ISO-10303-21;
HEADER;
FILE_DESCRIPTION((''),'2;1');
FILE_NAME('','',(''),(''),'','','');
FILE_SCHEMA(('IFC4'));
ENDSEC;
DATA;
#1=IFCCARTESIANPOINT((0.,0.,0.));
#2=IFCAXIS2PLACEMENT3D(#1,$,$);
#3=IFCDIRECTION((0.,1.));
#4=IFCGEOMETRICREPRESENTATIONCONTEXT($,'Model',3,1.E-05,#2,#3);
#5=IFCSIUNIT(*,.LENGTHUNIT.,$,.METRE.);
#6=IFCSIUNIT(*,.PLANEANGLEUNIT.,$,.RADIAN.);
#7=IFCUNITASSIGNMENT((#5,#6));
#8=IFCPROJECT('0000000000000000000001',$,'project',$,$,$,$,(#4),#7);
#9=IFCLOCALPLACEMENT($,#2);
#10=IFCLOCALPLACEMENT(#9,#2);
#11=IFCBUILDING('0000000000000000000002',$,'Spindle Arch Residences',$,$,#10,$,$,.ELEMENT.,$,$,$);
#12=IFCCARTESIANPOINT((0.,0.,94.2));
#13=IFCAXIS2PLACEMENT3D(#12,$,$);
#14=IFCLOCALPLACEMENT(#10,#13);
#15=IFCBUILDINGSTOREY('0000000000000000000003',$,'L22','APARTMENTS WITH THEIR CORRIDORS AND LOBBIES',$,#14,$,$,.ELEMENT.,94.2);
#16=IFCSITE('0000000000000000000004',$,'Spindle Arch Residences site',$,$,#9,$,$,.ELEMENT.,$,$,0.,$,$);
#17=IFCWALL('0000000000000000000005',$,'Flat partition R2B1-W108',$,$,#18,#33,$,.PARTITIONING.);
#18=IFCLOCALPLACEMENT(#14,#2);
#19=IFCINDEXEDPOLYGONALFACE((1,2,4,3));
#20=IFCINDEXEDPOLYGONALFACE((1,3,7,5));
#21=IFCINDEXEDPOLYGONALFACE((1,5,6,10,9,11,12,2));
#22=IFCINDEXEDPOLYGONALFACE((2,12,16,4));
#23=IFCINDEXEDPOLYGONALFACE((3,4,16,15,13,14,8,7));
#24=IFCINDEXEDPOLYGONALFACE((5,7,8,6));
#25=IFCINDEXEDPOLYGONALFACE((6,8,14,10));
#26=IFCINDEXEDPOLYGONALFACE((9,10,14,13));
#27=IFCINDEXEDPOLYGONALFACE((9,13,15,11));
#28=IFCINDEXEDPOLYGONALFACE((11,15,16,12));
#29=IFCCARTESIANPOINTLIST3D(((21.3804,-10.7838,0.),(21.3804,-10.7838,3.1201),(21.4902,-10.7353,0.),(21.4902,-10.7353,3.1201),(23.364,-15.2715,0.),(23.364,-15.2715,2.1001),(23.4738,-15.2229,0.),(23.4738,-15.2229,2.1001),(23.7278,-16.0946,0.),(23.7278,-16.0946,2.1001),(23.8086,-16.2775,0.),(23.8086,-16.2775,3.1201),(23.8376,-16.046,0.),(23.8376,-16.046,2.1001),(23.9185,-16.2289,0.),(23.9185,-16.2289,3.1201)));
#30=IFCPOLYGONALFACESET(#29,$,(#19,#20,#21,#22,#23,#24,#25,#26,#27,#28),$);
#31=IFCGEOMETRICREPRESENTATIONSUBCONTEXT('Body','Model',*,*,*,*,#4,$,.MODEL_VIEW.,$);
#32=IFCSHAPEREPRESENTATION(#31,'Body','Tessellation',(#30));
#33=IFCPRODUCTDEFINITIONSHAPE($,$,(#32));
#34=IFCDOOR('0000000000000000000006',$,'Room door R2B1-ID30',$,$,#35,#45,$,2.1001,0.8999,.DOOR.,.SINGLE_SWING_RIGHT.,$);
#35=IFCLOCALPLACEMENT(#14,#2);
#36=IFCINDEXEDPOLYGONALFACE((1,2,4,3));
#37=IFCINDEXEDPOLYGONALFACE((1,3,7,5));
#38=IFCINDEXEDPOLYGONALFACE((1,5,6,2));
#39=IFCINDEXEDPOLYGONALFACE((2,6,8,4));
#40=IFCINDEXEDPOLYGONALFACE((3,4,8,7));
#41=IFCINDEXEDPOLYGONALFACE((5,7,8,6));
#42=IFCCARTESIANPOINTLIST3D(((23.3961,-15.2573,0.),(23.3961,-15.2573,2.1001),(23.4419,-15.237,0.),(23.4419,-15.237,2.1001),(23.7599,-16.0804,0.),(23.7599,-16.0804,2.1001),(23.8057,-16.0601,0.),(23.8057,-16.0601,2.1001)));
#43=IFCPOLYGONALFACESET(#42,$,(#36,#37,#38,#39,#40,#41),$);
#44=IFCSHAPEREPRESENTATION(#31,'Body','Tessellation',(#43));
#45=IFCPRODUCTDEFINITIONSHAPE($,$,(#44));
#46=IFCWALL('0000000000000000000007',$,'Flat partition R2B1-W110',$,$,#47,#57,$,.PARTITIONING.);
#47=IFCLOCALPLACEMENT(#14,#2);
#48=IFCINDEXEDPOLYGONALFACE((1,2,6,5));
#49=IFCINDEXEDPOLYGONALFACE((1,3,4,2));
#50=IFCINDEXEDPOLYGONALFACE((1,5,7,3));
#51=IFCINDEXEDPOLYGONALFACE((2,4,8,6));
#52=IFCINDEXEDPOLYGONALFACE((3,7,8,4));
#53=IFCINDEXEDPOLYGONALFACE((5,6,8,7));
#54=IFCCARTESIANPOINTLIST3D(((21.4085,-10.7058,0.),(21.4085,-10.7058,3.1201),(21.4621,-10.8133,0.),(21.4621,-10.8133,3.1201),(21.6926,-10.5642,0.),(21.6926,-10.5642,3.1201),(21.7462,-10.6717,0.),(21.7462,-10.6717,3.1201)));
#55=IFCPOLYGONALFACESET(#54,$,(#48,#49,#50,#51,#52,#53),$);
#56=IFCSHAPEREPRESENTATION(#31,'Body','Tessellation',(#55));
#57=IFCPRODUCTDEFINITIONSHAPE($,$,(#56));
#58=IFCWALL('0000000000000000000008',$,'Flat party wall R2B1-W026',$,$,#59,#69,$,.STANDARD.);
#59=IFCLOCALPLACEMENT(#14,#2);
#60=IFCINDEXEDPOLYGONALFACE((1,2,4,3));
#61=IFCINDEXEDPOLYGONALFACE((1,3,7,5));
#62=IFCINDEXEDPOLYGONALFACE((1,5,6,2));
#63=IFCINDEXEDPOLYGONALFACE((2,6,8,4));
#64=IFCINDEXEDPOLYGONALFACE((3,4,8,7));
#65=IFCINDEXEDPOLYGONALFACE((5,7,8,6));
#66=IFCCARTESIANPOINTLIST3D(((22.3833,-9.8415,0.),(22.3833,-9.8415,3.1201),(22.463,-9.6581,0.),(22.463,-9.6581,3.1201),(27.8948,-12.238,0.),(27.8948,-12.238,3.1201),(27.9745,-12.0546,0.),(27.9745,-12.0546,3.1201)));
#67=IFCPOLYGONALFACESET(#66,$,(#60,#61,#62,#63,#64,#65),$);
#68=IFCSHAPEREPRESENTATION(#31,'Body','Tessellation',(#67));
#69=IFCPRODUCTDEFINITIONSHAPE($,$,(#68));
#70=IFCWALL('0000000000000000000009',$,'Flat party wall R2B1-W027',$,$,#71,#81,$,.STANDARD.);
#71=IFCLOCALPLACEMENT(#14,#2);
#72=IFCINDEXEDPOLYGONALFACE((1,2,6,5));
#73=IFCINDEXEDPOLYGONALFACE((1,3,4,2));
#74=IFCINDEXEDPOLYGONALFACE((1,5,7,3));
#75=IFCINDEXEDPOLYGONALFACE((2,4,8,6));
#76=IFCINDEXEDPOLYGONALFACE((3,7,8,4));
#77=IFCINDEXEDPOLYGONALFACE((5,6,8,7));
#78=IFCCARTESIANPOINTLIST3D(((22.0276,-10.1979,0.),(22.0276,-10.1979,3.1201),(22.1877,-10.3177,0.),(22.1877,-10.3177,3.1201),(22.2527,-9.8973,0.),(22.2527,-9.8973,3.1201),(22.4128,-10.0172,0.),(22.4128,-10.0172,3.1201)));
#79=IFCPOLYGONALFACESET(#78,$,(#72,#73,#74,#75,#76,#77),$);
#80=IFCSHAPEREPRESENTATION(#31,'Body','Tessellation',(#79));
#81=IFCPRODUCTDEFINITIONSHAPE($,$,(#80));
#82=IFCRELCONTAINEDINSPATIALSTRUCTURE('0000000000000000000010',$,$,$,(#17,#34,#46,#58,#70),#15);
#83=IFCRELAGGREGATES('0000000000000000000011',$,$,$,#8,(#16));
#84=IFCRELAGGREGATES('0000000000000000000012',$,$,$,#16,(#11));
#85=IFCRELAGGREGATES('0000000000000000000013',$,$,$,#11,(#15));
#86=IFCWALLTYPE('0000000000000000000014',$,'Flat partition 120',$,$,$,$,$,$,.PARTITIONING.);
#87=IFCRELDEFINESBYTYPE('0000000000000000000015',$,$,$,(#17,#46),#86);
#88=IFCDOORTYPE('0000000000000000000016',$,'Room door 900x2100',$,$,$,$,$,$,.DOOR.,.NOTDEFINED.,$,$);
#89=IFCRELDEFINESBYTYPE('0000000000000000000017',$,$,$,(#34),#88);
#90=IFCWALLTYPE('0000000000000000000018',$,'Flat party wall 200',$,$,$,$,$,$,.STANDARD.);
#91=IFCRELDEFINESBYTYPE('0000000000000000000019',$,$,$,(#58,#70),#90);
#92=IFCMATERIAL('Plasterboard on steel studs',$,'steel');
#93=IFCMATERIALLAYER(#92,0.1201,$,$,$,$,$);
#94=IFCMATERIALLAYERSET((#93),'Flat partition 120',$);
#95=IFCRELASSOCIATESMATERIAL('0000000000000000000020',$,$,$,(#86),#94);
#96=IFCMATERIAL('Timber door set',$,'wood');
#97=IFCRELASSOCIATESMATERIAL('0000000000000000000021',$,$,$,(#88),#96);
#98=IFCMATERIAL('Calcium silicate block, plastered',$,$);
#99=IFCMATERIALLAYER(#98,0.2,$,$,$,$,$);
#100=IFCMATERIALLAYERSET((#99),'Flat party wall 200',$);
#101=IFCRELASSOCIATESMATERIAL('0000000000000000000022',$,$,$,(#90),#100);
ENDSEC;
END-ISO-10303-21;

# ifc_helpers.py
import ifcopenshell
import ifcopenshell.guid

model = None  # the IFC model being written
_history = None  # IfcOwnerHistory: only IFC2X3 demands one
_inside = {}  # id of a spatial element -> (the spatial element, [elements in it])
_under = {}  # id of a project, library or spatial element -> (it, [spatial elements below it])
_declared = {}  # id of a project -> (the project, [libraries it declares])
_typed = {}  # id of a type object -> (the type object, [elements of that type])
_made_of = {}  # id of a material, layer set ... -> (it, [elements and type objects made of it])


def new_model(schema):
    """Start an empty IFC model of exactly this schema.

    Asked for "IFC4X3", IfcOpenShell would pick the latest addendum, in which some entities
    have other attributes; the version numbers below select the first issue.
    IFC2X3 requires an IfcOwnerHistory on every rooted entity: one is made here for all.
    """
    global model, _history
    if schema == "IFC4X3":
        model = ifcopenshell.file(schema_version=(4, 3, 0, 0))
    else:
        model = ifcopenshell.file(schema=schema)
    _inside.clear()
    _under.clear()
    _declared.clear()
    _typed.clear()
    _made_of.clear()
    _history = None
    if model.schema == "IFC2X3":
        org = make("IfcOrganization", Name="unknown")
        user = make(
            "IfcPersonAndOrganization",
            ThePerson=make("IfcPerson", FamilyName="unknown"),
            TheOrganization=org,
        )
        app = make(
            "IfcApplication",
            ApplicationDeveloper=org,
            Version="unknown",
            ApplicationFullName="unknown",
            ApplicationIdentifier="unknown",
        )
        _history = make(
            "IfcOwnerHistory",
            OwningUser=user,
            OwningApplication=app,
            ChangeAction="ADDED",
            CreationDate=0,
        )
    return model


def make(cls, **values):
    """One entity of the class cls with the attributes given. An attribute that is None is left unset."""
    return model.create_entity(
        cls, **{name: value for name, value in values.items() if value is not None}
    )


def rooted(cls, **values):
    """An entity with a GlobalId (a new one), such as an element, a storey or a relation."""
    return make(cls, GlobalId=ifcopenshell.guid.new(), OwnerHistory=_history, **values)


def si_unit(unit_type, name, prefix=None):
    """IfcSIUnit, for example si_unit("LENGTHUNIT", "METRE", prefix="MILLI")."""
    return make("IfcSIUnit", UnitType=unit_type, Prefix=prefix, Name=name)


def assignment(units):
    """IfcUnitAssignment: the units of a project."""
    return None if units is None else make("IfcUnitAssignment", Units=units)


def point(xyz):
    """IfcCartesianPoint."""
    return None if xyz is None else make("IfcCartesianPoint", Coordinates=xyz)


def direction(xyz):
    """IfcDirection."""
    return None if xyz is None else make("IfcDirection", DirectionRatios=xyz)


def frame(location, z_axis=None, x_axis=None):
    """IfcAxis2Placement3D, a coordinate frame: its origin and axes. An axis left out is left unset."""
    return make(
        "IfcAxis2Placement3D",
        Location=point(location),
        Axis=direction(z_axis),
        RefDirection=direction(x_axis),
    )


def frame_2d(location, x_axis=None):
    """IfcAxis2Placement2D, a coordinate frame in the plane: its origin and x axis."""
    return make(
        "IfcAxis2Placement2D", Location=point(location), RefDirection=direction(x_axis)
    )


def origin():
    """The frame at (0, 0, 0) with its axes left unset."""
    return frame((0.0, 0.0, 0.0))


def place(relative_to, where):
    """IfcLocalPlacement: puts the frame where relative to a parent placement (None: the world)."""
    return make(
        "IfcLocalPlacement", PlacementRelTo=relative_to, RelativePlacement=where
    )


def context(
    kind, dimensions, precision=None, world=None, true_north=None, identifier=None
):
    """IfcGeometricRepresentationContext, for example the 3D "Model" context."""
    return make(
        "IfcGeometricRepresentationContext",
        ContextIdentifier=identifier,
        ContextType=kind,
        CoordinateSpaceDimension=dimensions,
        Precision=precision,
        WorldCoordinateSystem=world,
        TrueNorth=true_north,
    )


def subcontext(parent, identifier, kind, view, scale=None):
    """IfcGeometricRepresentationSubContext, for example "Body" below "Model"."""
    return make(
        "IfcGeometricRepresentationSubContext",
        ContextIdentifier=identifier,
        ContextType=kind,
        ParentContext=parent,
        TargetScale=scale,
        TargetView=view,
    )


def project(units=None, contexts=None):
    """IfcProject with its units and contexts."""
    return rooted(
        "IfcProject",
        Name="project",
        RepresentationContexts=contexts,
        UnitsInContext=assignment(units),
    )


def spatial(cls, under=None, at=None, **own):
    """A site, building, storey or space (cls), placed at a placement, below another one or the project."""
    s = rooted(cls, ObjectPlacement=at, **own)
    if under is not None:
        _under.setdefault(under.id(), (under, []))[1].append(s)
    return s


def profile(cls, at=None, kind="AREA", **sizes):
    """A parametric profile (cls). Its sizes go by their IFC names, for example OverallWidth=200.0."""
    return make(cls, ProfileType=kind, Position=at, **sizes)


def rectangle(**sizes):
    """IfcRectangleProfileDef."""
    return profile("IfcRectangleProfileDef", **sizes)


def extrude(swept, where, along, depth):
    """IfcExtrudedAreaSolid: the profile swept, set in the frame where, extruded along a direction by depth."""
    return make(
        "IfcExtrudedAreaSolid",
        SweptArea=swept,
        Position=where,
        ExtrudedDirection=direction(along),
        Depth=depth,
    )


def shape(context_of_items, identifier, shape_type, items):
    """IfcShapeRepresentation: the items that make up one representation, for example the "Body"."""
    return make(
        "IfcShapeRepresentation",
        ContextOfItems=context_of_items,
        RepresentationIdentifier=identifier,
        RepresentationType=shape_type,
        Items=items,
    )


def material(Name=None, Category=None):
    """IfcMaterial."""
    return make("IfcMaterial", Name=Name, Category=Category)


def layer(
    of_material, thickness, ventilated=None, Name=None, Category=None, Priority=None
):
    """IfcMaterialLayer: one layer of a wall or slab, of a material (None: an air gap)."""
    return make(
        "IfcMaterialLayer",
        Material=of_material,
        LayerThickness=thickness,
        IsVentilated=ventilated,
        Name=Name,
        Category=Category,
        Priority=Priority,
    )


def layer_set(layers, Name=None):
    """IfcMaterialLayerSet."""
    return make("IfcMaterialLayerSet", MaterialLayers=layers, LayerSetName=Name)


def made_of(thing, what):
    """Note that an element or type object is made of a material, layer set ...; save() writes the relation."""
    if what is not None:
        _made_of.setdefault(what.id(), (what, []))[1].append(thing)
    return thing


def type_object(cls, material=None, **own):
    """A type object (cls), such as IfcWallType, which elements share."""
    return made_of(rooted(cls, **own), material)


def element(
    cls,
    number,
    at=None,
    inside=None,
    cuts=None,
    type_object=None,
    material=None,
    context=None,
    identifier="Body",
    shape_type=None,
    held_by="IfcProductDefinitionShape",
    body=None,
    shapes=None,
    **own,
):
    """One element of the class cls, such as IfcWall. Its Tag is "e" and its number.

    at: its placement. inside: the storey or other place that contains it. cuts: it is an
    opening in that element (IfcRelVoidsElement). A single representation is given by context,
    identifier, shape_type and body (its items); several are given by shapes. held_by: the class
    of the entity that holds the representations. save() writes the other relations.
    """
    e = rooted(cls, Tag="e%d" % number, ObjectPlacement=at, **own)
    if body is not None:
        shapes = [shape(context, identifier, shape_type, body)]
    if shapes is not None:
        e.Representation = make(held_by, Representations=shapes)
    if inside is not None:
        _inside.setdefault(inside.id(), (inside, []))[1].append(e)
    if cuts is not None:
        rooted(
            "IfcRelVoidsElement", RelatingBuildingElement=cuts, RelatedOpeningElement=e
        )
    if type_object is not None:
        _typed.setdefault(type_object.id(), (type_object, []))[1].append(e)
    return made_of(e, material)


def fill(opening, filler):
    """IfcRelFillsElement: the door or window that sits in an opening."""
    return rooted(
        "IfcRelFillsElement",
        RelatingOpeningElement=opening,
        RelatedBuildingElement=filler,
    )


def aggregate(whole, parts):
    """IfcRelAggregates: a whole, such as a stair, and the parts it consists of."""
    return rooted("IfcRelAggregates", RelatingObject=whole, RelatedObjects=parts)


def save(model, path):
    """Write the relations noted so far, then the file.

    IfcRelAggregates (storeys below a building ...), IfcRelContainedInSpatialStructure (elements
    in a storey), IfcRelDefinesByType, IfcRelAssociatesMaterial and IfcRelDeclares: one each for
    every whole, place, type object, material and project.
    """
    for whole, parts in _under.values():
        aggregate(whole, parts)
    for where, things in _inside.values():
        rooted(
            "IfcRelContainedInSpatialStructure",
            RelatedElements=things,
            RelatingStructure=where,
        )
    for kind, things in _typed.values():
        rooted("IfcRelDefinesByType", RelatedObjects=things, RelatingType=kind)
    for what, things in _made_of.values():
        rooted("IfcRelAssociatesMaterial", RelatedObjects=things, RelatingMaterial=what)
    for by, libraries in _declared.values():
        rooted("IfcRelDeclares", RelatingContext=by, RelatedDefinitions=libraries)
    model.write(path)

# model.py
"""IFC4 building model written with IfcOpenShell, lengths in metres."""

from ifc_helpers import new_model, si_unit, direction, frame, frame_2d, origin, place, context, subcontext, project, spatial, rectangle, extrude, material, layer, layer_set, type_object, element, fill, save


model = new_model("IFC4")

# Units and contexts
model_context = context("Model", 3, precision=1e-05, world=origin(), true_north=direction((0.0, 1.0)))
body_context = subcontext(model_context, "Body", "Model", "MODEL_VIEW")
ifc_project = project(units=[si_unit("LENGTHUNIT", "METRE"), si_unit("PLANEANGLEUNIT", "RADIAN")], contexts=[model_context])

# Site, building, storey
site_placement = place(None, origin())
site = spatial("IfcSite", under=ifc_project, at=site_placement, Name="Spindle Arch Residences site", CompositionType="ELEMENT", RefElevation=0.0)
building_placement = place(site_placement, origin())
building = spatial("IfcBuilding", under=site, at=building_placement, Name="Spindle Arch Residences", CompositionType="ELEMENT")
storey_placement = place(building_placement, frame((0.0, 0.0, 94.2)))
storey = spatial("IfcBuildingStorey", under=building, at=storey_placement, Name="L22", Description="APARTMENTS WITH THEIR CORRIDORS AND LOBBIES", CompositionType="ELEMENT", Elevation=94.2)

# Shared definitions
ifc_material_1 = material(Name="Plasterboard on steel studs", Category="steel")
ifc_layer_1 = layer(ifc_material_1, 0.1201)
ifc_layer_set_1 = layer_set([ifc_layer_1], Name="Flat partition 120")
wall_type_1 = type_object("IfcWallType", Name="Flat partition 120", PredefinedType="PARTITIONING", material=ifc_layer_set_1)
ifc_material_2 = material(Name="Timber door set", Category="wood")
door_type = type_object("IfcDoorType", Name="Room door 900x2100", OperationType="NOTDEFINED", PredefinedType="DOOR", material=ifc_material_2)

# Wall, opening, door
wall_1_placement = place(storey_placement, frame((23.8635, -16.2532, 0.0), z_axis=(0.0, 0.0, 1.0), x_axis=(-0.404275, 0.914638, 0.0)))
wall_1 = element("IfcWall", 1, at=wall_1_placement, inside=storey, type_object=wall_type_1, Name="Flat partition R2B1-W108", PredefinedType="PARTITIONING", context=body_context, shape_type="SweptSolid", body=[
    extrude(rectangle(XDim=6.0063, YDim=0.1201, at=frame_2d((3.0032, 0.0))), origin(), (0.0, 0.0, 1.0), 3.1201),
])
opening_1_placement = place(wall_1_placement, frame((0.2, 0.0, 0.0)))
opening_1 = element("IfcOpeningElement", 2, at=opening_1_placement, cuts=wall_1, PredefinedType="OPENING", context=body_context, shape_type="SweptSolid", body=[
    extrude(rectangle(XDim=0.8999, YDim=2.1001, at=frame_2d((0.45, 1.05))), frame((0.0, 0.0701, 0.0), z_axis=(0.0, -1.0, 0.0), x_axis=(1.0, 0.0, 0.0)), (0.0, 0.0, 1.0), 0.1401),
])
door_1_placement = place(opening_1_placement, origin())
door_1 = element("IfcDoor", 3, at=door_1_placement, inside=storey, type_object=door_type, Name="Room door R2B1-ID30", OperationType="SINGLE_SWING_RIGHT", OverallHeight=2.1001, OverallWidth=0.8999, PredefinedType="DOOR", context=body_context, shape_type="SweptSolid", body=[
    extrude(rectangle(XDim=0.8999, YDim=2.1001, at=frame_2d((0.45, 1.05))), frame((0.0, 0.0249, 0.0), z_axis=(0.0, -1.0, 0.0), x_axis=(1.0, 0.0, 0.0)), (0.0, 0.0, 1.0), 0.05),
])
fill(opening_1, door_1)

# Walls
wall_2_placement = place(storey_placement, frame((21.4353, -10.7595, 0.0), z_axis=(0.0, 0.0, 1.0), x_axis=(0.895041, 0.445983, 0.0)))
element("IfcWall", 4, at=wall_2_placement, inside=storey, type_object=wall_type_1, Name="Flat partition R2B1-W110", PredefinedType="PARTITIONING", context=body_context, shape_type="SweptSolid", body=[
    extrude(rectangle(XDim=0.3174, YDim=0.1201, at=frame_2d((0.1587, 0.0))), origin(), (0.0, 0.0, 1.0), 3.1201),
])
ifc_material_3 = material(Name="Calcium silicate block, plastered")
ifc_layer_2 = layer(ifc_material_3, 0.2)
ifc_layer_set_2 = layer_set([ifc_layer_2], Name="Flat party wall 200")
wall_type_2 = type_object("IfcWallType", Name="Flat party wall 200", PredefinedType="STANDARD", material=ifc_layer_set_2)
wall_3_placement = place(storey_placement, frame((27.9346, -12.1462, 0.0), z_axis=(0.0, 0.0, 1.0), x_axis=(-0.917058, 0.398753, 0.0)))
element("IfcWall", 5, at=wall_3_placement, inside=storey, type_object=wall_type_2, Name="Flat party wall R2B1-W026", PredefinedType="STANDARD", context=body_context, shape_type="SweptSolid", body=[
    extrude(rectangle(XDim=6.01, YDim=0.2, at=frame_2d((3.0049, 0.0))), origin(), (0.0, 0.0, 1.0), 3.1201),
])
wall_4_placement = place(storey_placement, frame((22.3328, -9.9573, 0.0), z_axis=(0.0, 0.0, 1.0), x_axis=(-0.59948, -0.80039, 0.0)))
element("IfcWall", 6, at=wall_4_placement, inside=storey, type_object=wall_type_2, Name="Flat party wall R2B1-W027", PredefinedType="STANDARD", context=body_context, shape_type="SweptSolid", body=[
    extrude(rectangle(XDim=0.3755, YDim=0.2, at=frame_2d((0.1877, 0.0))), origin(), (0.0, 0.0, 1.0), 3.1201),
])

save(model, "model.ifc")
